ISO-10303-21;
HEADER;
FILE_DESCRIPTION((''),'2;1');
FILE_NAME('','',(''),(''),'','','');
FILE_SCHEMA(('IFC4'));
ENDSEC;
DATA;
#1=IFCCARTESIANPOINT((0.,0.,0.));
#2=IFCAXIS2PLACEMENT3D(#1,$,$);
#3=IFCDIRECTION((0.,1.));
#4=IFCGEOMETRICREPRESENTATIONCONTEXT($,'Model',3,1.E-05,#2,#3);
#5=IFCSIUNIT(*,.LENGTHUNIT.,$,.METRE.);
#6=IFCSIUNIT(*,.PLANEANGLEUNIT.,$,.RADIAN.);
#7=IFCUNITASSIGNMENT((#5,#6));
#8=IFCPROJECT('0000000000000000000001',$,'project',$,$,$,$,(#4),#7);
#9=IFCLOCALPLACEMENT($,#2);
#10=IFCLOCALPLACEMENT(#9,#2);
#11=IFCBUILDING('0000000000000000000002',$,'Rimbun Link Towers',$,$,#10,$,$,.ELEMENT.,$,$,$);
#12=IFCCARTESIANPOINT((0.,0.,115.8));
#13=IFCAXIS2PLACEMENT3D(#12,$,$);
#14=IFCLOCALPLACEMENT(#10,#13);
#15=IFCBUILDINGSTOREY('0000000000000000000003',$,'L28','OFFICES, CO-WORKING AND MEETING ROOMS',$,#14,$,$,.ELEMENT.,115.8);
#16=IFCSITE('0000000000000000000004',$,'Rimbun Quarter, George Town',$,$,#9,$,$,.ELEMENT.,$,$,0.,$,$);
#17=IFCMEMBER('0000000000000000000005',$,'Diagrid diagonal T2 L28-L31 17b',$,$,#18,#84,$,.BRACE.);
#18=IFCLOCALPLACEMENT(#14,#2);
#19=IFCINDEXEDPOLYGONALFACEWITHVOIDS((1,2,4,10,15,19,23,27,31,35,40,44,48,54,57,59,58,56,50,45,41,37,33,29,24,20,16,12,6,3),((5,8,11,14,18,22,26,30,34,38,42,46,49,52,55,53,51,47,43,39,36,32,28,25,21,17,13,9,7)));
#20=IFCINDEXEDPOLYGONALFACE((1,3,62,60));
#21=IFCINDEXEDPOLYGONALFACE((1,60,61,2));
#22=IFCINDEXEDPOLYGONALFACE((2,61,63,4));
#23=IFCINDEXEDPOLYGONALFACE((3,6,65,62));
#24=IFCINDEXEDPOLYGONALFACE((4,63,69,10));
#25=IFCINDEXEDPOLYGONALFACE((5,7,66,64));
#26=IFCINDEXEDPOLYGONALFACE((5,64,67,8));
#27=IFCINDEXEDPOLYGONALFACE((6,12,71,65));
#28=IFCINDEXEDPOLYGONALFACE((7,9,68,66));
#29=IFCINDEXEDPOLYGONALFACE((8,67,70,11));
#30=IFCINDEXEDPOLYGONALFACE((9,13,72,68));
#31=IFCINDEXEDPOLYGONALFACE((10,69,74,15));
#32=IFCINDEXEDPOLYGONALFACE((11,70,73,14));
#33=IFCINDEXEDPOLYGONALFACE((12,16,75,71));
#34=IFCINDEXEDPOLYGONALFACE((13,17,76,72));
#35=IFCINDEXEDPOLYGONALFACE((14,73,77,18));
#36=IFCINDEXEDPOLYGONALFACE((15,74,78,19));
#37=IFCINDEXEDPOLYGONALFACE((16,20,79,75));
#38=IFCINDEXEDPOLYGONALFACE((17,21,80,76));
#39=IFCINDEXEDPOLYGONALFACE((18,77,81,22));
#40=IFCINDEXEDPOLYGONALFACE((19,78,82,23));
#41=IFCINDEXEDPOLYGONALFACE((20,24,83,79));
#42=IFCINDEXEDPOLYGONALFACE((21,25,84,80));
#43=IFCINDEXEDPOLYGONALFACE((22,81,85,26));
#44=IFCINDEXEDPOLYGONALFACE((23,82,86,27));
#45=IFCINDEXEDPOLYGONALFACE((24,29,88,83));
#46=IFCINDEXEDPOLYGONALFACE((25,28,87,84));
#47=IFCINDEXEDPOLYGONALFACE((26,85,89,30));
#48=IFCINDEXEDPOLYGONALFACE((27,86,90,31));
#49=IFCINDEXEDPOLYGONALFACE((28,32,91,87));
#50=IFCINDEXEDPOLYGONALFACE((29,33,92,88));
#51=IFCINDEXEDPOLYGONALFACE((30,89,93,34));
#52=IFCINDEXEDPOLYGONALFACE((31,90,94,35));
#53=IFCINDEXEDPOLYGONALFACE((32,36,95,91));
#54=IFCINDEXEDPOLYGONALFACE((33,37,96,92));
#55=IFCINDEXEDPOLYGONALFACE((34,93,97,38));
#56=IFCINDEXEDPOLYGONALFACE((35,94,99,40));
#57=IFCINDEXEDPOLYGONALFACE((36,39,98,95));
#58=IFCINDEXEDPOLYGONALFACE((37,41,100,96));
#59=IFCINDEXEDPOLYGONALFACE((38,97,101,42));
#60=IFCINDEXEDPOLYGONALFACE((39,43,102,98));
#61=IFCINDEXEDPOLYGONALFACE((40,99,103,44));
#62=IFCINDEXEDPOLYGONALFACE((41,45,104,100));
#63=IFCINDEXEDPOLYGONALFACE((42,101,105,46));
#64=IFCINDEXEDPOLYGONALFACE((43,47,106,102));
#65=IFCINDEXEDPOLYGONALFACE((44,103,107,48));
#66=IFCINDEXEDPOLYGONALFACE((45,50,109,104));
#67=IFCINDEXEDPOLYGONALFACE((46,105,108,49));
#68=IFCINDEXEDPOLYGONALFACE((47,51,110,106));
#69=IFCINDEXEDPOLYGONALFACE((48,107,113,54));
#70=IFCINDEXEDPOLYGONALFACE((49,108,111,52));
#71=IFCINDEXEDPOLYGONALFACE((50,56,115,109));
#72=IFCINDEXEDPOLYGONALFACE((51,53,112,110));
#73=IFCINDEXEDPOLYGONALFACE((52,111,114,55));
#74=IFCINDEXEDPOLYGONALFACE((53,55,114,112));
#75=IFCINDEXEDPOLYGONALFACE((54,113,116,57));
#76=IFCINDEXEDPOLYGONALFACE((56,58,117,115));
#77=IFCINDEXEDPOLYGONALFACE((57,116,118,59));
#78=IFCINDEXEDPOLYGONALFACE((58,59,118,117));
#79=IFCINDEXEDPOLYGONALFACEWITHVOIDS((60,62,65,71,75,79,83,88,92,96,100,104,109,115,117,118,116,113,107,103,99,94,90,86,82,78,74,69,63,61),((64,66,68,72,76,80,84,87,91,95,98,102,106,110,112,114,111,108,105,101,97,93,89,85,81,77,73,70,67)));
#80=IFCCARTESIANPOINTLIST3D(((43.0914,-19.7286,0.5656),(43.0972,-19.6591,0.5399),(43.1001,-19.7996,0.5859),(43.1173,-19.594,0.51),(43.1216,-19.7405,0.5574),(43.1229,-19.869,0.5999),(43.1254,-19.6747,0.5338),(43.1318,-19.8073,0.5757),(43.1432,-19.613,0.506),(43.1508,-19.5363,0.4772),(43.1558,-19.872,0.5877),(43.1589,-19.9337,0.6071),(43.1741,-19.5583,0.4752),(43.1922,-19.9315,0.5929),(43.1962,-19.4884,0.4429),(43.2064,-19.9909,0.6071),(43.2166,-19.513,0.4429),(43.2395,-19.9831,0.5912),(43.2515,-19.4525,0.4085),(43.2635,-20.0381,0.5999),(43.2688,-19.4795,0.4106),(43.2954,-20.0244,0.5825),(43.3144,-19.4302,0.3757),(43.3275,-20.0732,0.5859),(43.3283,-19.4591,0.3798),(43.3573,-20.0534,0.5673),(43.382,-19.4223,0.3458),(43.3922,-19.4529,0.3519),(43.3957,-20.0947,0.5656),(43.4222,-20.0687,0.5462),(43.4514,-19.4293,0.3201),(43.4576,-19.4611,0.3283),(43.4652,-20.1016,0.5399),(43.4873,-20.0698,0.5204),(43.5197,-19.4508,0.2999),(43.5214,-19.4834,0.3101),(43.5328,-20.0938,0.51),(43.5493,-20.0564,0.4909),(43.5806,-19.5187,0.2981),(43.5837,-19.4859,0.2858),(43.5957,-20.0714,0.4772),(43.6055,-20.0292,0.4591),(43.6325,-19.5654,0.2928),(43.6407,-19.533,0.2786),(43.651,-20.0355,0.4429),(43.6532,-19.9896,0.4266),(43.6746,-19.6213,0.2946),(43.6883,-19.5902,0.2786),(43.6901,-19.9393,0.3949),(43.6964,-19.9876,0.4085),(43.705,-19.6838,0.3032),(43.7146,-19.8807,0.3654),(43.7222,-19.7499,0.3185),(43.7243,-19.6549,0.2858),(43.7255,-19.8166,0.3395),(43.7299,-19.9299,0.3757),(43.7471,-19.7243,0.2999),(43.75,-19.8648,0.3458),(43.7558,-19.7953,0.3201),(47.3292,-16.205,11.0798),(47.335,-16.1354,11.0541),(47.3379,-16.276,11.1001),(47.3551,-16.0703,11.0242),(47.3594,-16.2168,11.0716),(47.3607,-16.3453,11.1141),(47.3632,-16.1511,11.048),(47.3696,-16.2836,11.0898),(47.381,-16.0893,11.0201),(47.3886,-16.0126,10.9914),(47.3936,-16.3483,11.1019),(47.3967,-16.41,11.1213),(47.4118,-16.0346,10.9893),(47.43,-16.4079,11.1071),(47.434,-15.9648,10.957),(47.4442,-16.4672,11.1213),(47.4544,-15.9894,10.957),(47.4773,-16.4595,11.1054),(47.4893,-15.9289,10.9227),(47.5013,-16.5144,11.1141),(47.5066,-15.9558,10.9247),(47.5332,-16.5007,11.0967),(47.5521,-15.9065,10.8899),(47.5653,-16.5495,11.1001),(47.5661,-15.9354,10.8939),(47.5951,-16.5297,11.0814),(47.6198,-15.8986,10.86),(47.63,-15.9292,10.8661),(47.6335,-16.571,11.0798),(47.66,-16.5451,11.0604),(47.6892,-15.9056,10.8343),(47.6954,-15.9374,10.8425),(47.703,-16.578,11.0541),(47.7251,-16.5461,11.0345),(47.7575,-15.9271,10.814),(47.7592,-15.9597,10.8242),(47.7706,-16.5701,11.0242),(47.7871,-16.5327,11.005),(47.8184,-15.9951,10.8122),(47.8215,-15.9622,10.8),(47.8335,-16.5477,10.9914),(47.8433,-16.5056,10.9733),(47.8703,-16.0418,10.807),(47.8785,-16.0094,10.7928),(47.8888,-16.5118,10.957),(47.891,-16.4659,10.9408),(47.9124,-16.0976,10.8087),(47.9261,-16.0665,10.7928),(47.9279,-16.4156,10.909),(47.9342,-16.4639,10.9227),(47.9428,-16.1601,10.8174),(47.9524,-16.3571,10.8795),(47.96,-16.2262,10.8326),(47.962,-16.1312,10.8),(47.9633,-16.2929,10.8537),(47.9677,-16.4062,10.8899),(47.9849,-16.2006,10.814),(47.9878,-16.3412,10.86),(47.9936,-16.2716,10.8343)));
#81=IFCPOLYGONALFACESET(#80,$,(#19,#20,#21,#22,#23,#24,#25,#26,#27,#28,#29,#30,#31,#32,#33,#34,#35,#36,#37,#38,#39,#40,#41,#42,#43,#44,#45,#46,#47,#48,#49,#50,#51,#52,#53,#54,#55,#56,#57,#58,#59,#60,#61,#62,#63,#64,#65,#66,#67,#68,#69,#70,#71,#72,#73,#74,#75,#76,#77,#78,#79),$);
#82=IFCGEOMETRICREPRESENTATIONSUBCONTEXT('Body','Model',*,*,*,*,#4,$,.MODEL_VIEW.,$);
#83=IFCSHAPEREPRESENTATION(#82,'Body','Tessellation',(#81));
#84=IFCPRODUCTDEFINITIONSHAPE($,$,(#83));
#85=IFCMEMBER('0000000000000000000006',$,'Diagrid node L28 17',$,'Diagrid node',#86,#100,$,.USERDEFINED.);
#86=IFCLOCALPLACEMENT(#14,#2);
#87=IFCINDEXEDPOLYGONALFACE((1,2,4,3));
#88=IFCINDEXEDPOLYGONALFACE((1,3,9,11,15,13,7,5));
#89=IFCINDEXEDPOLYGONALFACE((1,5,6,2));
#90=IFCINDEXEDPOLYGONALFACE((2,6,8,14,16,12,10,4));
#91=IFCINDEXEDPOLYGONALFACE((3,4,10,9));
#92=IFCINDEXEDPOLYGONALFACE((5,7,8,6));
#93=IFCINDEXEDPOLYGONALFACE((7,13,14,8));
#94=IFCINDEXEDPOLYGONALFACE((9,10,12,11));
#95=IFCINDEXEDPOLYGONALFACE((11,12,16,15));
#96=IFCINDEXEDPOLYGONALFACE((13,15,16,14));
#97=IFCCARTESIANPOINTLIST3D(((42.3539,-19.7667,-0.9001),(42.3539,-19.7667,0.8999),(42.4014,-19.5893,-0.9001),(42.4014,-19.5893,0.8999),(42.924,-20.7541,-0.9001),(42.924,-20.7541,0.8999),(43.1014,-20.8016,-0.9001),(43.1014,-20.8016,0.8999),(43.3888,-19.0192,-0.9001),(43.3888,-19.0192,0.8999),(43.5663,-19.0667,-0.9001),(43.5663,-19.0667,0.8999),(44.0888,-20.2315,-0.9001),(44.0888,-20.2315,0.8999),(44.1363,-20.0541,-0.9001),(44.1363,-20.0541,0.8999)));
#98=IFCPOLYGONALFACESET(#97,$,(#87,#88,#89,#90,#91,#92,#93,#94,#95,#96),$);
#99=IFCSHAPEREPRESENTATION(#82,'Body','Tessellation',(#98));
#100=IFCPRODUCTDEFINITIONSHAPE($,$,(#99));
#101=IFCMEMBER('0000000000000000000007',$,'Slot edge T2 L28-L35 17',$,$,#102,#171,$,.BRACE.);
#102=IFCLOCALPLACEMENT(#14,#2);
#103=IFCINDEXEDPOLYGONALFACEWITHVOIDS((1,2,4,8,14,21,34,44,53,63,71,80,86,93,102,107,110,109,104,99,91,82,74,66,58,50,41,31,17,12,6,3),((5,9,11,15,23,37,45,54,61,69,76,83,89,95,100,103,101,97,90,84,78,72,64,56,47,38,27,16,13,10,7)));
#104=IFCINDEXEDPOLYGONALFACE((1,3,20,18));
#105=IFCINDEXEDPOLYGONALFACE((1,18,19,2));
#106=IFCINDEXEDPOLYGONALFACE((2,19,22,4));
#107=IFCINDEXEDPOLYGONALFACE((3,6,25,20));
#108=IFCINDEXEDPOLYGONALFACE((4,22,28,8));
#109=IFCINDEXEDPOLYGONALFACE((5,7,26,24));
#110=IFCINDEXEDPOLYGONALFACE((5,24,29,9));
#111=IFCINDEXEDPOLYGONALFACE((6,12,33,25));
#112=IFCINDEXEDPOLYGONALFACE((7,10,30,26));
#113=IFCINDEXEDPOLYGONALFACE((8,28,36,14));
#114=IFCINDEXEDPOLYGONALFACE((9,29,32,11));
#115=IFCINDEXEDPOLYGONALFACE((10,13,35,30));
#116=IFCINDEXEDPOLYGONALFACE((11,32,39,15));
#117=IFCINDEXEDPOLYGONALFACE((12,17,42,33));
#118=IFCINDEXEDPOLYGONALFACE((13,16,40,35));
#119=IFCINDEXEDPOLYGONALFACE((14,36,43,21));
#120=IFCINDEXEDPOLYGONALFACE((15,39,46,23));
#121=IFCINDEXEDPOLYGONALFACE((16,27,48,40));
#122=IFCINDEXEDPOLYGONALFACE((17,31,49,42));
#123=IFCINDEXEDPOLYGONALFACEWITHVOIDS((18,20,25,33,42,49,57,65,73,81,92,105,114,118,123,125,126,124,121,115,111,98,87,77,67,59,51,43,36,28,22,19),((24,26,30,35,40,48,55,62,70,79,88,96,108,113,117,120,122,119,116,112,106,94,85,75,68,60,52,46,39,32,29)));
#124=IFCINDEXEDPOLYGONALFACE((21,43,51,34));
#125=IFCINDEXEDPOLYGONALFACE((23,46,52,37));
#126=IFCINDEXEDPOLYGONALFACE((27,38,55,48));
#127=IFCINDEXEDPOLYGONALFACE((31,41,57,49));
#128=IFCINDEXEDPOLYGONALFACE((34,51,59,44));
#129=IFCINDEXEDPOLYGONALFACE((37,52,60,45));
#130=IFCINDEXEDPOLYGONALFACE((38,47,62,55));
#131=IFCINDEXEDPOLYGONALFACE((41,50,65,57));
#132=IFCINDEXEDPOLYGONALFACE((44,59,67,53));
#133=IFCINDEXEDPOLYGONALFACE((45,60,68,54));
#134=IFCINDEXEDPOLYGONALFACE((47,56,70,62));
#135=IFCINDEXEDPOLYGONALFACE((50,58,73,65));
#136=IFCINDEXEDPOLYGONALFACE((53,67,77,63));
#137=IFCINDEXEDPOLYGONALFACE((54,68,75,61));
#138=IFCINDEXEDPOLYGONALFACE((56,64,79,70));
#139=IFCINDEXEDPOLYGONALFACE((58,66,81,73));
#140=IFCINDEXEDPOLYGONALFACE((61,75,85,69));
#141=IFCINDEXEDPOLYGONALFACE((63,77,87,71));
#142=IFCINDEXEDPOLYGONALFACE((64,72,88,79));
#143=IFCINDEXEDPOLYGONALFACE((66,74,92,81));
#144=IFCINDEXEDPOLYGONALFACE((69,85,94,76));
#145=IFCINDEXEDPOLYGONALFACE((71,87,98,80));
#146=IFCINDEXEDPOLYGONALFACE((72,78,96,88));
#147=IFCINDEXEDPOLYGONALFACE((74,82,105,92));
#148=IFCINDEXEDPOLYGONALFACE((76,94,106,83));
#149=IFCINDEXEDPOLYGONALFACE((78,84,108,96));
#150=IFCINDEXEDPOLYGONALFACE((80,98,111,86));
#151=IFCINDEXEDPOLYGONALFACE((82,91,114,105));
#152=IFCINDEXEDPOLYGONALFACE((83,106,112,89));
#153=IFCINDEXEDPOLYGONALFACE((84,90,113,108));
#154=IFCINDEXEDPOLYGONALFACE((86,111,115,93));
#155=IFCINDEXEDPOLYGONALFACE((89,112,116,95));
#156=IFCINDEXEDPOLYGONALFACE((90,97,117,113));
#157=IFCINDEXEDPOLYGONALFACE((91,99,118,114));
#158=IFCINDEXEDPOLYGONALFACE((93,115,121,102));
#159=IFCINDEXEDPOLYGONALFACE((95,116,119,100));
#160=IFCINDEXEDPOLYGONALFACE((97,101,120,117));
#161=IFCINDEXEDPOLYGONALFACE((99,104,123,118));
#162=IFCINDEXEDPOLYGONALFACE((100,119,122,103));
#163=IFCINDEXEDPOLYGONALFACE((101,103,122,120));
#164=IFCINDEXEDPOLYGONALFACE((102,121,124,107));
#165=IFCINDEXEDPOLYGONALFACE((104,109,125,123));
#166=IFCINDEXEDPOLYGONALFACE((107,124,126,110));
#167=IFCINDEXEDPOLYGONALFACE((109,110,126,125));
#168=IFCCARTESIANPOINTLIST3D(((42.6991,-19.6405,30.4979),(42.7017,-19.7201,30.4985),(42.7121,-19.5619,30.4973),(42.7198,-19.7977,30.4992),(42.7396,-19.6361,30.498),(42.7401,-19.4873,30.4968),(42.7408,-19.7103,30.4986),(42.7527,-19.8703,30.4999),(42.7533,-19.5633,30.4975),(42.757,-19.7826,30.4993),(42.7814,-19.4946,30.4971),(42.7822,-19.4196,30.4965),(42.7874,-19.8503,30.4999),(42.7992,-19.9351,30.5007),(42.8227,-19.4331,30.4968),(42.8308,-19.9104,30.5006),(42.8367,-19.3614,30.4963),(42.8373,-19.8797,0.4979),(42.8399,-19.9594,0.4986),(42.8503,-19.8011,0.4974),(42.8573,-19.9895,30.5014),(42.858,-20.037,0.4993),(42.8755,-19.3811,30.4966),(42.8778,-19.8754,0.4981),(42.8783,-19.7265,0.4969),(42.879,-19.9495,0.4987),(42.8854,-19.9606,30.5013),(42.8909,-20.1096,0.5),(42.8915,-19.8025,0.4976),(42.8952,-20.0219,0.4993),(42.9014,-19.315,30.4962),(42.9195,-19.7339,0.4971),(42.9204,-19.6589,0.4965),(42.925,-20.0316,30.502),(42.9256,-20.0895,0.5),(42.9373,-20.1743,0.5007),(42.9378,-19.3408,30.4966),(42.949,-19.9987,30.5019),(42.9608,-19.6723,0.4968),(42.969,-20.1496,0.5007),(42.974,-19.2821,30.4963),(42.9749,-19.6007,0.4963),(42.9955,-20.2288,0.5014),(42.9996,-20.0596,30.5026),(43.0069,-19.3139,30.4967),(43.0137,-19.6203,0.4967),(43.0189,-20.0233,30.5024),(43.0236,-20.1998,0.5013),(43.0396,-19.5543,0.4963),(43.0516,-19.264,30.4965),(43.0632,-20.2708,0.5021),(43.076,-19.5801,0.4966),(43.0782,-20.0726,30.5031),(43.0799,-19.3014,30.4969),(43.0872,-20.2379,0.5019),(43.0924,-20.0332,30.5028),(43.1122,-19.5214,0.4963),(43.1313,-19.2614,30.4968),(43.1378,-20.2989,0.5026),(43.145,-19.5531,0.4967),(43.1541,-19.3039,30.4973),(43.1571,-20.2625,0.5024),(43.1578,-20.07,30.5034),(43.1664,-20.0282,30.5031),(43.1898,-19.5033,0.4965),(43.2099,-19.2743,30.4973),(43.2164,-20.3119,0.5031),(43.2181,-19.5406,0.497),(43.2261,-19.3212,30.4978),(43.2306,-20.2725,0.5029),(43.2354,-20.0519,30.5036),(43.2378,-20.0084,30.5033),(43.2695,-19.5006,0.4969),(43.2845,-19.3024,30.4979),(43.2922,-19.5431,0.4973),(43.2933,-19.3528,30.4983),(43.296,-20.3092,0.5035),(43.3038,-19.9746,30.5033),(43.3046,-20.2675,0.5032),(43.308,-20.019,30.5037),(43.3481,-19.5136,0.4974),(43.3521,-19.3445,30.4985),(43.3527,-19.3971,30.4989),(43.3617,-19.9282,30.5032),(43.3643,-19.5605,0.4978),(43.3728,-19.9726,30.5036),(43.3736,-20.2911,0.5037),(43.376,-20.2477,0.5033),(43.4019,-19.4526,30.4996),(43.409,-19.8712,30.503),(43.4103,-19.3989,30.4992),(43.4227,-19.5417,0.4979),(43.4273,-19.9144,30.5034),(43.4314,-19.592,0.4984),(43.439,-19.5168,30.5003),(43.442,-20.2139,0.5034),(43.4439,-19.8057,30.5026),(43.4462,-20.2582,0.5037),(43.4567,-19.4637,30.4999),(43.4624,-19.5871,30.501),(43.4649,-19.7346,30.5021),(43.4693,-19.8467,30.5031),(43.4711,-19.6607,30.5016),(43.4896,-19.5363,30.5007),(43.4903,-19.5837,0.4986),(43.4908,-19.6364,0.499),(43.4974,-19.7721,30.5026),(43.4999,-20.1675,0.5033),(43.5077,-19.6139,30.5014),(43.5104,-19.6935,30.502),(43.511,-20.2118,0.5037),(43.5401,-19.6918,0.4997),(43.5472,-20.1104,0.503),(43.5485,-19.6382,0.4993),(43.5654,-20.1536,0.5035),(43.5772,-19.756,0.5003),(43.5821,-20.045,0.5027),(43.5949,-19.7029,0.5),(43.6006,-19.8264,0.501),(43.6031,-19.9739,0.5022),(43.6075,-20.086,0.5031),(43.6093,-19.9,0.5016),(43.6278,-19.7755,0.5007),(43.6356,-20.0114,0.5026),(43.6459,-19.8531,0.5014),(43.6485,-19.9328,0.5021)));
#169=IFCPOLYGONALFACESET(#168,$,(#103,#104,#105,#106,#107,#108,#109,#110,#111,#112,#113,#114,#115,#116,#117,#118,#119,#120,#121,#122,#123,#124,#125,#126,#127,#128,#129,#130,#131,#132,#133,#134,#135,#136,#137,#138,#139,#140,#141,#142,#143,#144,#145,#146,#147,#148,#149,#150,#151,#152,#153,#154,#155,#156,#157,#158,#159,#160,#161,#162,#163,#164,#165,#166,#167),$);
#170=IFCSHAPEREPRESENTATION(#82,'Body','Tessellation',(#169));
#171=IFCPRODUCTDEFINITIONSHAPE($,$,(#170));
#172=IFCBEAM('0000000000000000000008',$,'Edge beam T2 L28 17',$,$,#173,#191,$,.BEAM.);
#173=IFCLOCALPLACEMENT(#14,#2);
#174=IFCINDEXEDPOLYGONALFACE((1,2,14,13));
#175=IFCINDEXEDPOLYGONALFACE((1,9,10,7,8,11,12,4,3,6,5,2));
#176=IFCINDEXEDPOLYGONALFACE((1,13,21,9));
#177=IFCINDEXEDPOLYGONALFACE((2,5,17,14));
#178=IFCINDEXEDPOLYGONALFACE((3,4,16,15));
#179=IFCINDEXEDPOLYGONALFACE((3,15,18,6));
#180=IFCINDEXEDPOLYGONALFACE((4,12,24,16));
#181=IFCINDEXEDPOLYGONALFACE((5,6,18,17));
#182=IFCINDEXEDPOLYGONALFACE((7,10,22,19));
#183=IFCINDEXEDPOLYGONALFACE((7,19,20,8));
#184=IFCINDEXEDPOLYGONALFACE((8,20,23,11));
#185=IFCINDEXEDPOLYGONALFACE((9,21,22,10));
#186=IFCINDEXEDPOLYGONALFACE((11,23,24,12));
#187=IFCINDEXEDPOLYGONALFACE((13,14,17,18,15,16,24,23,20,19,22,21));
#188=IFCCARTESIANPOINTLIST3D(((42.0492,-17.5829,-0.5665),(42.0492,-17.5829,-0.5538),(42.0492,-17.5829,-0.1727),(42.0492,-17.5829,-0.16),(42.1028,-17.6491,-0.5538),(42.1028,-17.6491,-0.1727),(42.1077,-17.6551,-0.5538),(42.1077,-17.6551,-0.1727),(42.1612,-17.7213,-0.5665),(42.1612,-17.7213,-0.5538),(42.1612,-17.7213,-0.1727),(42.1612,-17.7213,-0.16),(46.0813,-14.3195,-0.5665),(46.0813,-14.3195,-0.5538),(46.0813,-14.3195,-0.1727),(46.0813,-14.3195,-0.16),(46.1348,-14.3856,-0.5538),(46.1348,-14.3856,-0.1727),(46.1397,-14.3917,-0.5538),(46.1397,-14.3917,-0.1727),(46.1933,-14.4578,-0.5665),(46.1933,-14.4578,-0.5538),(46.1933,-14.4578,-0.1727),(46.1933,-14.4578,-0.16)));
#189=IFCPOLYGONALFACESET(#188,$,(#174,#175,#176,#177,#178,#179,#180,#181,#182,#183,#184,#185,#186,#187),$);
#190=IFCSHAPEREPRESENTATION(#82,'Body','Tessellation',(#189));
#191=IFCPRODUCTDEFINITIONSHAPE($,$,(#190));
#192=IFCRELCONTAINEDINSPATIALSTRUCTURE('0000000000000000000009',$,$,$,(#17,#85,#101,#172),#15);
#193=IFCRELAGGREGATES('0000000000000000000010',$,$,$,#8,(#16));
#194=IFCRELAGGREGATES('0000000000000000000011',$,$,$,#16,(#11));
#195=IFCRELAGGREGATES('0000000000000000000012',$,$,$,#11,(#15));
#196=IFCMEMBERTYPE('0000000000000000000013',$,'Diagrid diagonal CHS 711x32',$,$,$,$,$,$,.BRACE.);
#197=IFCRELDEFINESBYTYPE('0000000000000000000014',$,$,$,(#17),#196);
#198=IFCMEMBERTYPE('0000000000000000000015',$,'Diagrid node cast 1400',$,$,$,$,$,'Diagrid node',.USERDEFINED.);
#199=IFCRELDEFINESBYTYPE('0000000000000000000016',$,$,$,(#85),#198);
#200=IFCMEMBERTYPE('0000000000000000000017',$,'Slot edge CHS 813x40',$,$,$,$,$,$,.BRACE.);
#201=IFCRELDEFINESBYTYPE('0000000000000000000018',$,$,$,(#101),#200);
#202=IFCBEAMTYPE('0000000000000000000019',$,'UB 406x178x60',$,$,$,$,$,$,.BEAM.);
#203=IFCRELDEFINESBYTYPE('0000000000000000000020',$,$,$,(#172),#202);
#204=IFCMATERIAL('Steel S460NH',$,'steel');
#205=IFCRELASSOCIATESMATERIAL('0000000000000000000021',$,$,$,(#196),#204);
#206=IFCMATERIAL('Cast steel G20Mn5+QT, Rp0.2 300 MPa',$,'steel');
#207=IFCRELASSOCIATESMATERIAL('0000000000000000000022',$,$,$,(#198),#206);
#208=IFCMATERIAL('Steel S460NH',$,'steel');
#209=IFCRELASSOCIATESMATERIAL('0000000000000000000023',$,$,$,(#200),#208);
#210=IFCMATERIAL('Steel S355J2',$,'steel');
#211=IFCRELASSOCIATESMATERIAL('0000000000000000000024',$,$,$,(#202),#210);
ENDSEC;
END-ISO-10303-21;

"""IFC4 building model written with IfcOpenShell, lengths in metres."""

from ifc_helpers import new_model, si_unit, direction, frame, origin, origin_2d, place, context, subcontext, project, spatial, polyline, hollow_circle, i_section, outline, extrude, material, material_profile, profile_set, type_object, element, save


model = new_model("IFC4")

# Units and contexts
model_context = context("Model", 3, precision=1e-05, world=origin(), true_north=direction((0.0, 1.0)))
body_context = subcontext(model_context, "Body", "Model", "MODEL_VIEW")
ifc_project = project(units=[si_unit("LENGTHUNIT", "METRE"), si_unit("PLANEANGLEUNIT", "RADIAN")], contexts=[model_context])

# Site, building, storey
site_placement = place(None, origin())
site = spatial("IfcSite", under=ifc_project, at=site_placement, Name="Rimbun Quarter, George Town", CompositionType="ELEMENT", RefElevation=0.0)
building_placement = place(site_placement, origin())
building = spatial("IfcBuilding", under=site, at=building_placement, Name="Rimbun Link Towers", CompositionType="ELEMENT")
storey_placement = place(building_placement, frame((0.0, 0.0, 115.8)))
storey = spatial("IfcBuildingStorey", under=building, at=storey_placement, Name="L28", Description="OFFICES, CO-WORKING AND MEETING ROOMS", CompositionType="ELEMENT", Elevation=115.8)

# Members
ifc_material_1 = material(Name="Steel S460NH", Category="steel")
ifc_material_profile_1 = material_profile(ifc_material_1, hollow_circle(Radius=0.3557, WallThickness=0.032, at=origin_2d()), Name="Diagrid diagonal CHS 711x32")
ifc_profile_set_1 = profile_set([ifc_material_profile_1], Name="Steel S460NH")
member_type_1 = type_object("IfcMemberType", Name="Diagrid diagonal CHS 711x32", PredefinedType="BRACE", material=ifc_profile_set_1)
member_1_placement = place(storey_placement, frame((43.4236, -19.762, 0.4429), z_axis=(0.356984, 0.296829, 0.885695), x_axis=(-0.639347, 0.768918, 0.0)))
element("IfcMember", 1, at=member_1_placement, inside=storey, type_object=member_type_1, Name="Diagrid diagonal T2 L28-L31 17b", PredefinedType="BRACE", context=body_context, shape_type="SweptSolid", body=[
    extrude(hollow_circle(Radius=0.3557, WallThickness=0.032, at=origin_2d()), origin(), (0.0, 0.0, 1.0), 11.8711),
])
ifc_material_2 = material(Name="Cast steel G20Mn5+QT, Rp0.2 300 MPa", Category="steel")
ifc_material_profile_2 = material_profile(ifc_material_2, outline(polyline([(0.7, -0.5701), (0.7, 0.5701), (0.5701, 0.7), (-0.5701, 0.7), (-0.7, 0.5701), (-0.7, -0.5701), (-0.5701, -0.7), (0.5701, -0.7), (0.7, -0.5701)])), Name="NODE 1400x1400")
ifc_profile_set_2 = profile_set([ifc_material_profile_2], Name="Cast steel G20Mn5+QT, Rp0.2 300 MPa")
member_type_2 = type_object("IfcMemberType", Name="Diagrid node cast 1400", ElementType="Diagrid node", PredefinedType="USERDEFINED", material=ifc_profile_set_2)
member_2_placement = place(storey_placement, frame((43.2451, -19.9104, -0.9001), z_axis=(0.0, 0.0, 1.0), x_axis=(0.5, -0.866025, 0.0)))
element("IfcMember", 2, at=member_2_placement, inside=storey, type_object=member_type_2, Name="Diagrid node L28 17", ObjectType="Diagrid node", PredefinedType="USERDEFINED", context=body_context, shape_type="SweptSolid", body=[
    extrude(outline(polyline([(0.7, -0.5701), (0.7, 0.5701), (0.5701, 0.7), (-0.5701, 0.7), (-0.7, 0.5701), (-0.7, -0.5701), (-0.5701, -0.7), (0.5701, -0.7), (0.7, -0.5701)])), origin(), (0.0, 0.0, 1.0), 1.8),
])
ifc_material_3 = material(Name="Steel S460NH", Category="steel")
ifc_material_profile_3 = material_profile(ifc_material_3, hollow_circle(Radius=0.4065, WallThickness=0.04, at=origin_2d()), Name="Slot edge CHS 813x40")
ifc_profile_set_3 = profile_set([ifc_material_profile_3], Name="Steel S460NH")
member_type_3 = type_object("IfcMemberType", Name="Slot edge CHS 813x40", PredefinedType="BRACE", material=ifc_profile_set_3)
member_3_placement = place(storey_placement, frame((43.2429, -19.9062, 0.5), z_axis=(-0.004606, 0.007975, 0.999958), x_axis=(-0.86595, -0.50013, 0.0)))
element("IfcMember", 3, at=member_3_placement, inside=storey, type_object=member_type_3, Name="Slot edge T2 L28-L35 17", PredefinedType="BRACE", context=body_context, shape_type="SweptSolid", body=[
    extrude(hollow_circle(Radius=0.4065, WallThickness=0.04, at=origin_2d()), origin(), (0.0, 0.0, 1.0), 30.0012),
])

# Beam
ifc_material_4 = material(Name="Steel S355J2", Category="steel")
ifc_material_profile_4 = material_profile(ifc_material_4, i_section(OverallWidth=0.178, OverallDepth=0.4065, WebThickness=0.0078, FlangeThickness=0.0127, at=origin_2d()), Name="UB 406x178x60")
ifc_profile_set_4 = profile_set([ifc_material_profile_4], Name="Steel S355J2")
beam_type = type_object("IfcBeamType", Name="UB 406x178x60", PredefinedType="BEAM", material=ifc_profile_set_4)
beam_1_placement = place(storey_placement, frame((42.1052, -17.6521, -0.3633), z_axis=(0.777297, 0.629133, 0.0), x_axis=(-0.629133, 0.777297, 0.0)))
element("IfcBeam", 4, at=beam_1_placement, inside=storey, type_object=beam_type, Name="Edge beam T2 L28 17", PredefinedType="BEAM", context=body_context, shape_type="SweptSolid", body=[
    extrude(i_section(OverallWidth=0.178, OverallDepth=0.4065, WebThickness=0.0078, FlangeThickness=0.0127, at=origin_2d()), origin(), (0.0, 0.0, 1.0), 5.1873),
])

save(model, "model.ifc")
